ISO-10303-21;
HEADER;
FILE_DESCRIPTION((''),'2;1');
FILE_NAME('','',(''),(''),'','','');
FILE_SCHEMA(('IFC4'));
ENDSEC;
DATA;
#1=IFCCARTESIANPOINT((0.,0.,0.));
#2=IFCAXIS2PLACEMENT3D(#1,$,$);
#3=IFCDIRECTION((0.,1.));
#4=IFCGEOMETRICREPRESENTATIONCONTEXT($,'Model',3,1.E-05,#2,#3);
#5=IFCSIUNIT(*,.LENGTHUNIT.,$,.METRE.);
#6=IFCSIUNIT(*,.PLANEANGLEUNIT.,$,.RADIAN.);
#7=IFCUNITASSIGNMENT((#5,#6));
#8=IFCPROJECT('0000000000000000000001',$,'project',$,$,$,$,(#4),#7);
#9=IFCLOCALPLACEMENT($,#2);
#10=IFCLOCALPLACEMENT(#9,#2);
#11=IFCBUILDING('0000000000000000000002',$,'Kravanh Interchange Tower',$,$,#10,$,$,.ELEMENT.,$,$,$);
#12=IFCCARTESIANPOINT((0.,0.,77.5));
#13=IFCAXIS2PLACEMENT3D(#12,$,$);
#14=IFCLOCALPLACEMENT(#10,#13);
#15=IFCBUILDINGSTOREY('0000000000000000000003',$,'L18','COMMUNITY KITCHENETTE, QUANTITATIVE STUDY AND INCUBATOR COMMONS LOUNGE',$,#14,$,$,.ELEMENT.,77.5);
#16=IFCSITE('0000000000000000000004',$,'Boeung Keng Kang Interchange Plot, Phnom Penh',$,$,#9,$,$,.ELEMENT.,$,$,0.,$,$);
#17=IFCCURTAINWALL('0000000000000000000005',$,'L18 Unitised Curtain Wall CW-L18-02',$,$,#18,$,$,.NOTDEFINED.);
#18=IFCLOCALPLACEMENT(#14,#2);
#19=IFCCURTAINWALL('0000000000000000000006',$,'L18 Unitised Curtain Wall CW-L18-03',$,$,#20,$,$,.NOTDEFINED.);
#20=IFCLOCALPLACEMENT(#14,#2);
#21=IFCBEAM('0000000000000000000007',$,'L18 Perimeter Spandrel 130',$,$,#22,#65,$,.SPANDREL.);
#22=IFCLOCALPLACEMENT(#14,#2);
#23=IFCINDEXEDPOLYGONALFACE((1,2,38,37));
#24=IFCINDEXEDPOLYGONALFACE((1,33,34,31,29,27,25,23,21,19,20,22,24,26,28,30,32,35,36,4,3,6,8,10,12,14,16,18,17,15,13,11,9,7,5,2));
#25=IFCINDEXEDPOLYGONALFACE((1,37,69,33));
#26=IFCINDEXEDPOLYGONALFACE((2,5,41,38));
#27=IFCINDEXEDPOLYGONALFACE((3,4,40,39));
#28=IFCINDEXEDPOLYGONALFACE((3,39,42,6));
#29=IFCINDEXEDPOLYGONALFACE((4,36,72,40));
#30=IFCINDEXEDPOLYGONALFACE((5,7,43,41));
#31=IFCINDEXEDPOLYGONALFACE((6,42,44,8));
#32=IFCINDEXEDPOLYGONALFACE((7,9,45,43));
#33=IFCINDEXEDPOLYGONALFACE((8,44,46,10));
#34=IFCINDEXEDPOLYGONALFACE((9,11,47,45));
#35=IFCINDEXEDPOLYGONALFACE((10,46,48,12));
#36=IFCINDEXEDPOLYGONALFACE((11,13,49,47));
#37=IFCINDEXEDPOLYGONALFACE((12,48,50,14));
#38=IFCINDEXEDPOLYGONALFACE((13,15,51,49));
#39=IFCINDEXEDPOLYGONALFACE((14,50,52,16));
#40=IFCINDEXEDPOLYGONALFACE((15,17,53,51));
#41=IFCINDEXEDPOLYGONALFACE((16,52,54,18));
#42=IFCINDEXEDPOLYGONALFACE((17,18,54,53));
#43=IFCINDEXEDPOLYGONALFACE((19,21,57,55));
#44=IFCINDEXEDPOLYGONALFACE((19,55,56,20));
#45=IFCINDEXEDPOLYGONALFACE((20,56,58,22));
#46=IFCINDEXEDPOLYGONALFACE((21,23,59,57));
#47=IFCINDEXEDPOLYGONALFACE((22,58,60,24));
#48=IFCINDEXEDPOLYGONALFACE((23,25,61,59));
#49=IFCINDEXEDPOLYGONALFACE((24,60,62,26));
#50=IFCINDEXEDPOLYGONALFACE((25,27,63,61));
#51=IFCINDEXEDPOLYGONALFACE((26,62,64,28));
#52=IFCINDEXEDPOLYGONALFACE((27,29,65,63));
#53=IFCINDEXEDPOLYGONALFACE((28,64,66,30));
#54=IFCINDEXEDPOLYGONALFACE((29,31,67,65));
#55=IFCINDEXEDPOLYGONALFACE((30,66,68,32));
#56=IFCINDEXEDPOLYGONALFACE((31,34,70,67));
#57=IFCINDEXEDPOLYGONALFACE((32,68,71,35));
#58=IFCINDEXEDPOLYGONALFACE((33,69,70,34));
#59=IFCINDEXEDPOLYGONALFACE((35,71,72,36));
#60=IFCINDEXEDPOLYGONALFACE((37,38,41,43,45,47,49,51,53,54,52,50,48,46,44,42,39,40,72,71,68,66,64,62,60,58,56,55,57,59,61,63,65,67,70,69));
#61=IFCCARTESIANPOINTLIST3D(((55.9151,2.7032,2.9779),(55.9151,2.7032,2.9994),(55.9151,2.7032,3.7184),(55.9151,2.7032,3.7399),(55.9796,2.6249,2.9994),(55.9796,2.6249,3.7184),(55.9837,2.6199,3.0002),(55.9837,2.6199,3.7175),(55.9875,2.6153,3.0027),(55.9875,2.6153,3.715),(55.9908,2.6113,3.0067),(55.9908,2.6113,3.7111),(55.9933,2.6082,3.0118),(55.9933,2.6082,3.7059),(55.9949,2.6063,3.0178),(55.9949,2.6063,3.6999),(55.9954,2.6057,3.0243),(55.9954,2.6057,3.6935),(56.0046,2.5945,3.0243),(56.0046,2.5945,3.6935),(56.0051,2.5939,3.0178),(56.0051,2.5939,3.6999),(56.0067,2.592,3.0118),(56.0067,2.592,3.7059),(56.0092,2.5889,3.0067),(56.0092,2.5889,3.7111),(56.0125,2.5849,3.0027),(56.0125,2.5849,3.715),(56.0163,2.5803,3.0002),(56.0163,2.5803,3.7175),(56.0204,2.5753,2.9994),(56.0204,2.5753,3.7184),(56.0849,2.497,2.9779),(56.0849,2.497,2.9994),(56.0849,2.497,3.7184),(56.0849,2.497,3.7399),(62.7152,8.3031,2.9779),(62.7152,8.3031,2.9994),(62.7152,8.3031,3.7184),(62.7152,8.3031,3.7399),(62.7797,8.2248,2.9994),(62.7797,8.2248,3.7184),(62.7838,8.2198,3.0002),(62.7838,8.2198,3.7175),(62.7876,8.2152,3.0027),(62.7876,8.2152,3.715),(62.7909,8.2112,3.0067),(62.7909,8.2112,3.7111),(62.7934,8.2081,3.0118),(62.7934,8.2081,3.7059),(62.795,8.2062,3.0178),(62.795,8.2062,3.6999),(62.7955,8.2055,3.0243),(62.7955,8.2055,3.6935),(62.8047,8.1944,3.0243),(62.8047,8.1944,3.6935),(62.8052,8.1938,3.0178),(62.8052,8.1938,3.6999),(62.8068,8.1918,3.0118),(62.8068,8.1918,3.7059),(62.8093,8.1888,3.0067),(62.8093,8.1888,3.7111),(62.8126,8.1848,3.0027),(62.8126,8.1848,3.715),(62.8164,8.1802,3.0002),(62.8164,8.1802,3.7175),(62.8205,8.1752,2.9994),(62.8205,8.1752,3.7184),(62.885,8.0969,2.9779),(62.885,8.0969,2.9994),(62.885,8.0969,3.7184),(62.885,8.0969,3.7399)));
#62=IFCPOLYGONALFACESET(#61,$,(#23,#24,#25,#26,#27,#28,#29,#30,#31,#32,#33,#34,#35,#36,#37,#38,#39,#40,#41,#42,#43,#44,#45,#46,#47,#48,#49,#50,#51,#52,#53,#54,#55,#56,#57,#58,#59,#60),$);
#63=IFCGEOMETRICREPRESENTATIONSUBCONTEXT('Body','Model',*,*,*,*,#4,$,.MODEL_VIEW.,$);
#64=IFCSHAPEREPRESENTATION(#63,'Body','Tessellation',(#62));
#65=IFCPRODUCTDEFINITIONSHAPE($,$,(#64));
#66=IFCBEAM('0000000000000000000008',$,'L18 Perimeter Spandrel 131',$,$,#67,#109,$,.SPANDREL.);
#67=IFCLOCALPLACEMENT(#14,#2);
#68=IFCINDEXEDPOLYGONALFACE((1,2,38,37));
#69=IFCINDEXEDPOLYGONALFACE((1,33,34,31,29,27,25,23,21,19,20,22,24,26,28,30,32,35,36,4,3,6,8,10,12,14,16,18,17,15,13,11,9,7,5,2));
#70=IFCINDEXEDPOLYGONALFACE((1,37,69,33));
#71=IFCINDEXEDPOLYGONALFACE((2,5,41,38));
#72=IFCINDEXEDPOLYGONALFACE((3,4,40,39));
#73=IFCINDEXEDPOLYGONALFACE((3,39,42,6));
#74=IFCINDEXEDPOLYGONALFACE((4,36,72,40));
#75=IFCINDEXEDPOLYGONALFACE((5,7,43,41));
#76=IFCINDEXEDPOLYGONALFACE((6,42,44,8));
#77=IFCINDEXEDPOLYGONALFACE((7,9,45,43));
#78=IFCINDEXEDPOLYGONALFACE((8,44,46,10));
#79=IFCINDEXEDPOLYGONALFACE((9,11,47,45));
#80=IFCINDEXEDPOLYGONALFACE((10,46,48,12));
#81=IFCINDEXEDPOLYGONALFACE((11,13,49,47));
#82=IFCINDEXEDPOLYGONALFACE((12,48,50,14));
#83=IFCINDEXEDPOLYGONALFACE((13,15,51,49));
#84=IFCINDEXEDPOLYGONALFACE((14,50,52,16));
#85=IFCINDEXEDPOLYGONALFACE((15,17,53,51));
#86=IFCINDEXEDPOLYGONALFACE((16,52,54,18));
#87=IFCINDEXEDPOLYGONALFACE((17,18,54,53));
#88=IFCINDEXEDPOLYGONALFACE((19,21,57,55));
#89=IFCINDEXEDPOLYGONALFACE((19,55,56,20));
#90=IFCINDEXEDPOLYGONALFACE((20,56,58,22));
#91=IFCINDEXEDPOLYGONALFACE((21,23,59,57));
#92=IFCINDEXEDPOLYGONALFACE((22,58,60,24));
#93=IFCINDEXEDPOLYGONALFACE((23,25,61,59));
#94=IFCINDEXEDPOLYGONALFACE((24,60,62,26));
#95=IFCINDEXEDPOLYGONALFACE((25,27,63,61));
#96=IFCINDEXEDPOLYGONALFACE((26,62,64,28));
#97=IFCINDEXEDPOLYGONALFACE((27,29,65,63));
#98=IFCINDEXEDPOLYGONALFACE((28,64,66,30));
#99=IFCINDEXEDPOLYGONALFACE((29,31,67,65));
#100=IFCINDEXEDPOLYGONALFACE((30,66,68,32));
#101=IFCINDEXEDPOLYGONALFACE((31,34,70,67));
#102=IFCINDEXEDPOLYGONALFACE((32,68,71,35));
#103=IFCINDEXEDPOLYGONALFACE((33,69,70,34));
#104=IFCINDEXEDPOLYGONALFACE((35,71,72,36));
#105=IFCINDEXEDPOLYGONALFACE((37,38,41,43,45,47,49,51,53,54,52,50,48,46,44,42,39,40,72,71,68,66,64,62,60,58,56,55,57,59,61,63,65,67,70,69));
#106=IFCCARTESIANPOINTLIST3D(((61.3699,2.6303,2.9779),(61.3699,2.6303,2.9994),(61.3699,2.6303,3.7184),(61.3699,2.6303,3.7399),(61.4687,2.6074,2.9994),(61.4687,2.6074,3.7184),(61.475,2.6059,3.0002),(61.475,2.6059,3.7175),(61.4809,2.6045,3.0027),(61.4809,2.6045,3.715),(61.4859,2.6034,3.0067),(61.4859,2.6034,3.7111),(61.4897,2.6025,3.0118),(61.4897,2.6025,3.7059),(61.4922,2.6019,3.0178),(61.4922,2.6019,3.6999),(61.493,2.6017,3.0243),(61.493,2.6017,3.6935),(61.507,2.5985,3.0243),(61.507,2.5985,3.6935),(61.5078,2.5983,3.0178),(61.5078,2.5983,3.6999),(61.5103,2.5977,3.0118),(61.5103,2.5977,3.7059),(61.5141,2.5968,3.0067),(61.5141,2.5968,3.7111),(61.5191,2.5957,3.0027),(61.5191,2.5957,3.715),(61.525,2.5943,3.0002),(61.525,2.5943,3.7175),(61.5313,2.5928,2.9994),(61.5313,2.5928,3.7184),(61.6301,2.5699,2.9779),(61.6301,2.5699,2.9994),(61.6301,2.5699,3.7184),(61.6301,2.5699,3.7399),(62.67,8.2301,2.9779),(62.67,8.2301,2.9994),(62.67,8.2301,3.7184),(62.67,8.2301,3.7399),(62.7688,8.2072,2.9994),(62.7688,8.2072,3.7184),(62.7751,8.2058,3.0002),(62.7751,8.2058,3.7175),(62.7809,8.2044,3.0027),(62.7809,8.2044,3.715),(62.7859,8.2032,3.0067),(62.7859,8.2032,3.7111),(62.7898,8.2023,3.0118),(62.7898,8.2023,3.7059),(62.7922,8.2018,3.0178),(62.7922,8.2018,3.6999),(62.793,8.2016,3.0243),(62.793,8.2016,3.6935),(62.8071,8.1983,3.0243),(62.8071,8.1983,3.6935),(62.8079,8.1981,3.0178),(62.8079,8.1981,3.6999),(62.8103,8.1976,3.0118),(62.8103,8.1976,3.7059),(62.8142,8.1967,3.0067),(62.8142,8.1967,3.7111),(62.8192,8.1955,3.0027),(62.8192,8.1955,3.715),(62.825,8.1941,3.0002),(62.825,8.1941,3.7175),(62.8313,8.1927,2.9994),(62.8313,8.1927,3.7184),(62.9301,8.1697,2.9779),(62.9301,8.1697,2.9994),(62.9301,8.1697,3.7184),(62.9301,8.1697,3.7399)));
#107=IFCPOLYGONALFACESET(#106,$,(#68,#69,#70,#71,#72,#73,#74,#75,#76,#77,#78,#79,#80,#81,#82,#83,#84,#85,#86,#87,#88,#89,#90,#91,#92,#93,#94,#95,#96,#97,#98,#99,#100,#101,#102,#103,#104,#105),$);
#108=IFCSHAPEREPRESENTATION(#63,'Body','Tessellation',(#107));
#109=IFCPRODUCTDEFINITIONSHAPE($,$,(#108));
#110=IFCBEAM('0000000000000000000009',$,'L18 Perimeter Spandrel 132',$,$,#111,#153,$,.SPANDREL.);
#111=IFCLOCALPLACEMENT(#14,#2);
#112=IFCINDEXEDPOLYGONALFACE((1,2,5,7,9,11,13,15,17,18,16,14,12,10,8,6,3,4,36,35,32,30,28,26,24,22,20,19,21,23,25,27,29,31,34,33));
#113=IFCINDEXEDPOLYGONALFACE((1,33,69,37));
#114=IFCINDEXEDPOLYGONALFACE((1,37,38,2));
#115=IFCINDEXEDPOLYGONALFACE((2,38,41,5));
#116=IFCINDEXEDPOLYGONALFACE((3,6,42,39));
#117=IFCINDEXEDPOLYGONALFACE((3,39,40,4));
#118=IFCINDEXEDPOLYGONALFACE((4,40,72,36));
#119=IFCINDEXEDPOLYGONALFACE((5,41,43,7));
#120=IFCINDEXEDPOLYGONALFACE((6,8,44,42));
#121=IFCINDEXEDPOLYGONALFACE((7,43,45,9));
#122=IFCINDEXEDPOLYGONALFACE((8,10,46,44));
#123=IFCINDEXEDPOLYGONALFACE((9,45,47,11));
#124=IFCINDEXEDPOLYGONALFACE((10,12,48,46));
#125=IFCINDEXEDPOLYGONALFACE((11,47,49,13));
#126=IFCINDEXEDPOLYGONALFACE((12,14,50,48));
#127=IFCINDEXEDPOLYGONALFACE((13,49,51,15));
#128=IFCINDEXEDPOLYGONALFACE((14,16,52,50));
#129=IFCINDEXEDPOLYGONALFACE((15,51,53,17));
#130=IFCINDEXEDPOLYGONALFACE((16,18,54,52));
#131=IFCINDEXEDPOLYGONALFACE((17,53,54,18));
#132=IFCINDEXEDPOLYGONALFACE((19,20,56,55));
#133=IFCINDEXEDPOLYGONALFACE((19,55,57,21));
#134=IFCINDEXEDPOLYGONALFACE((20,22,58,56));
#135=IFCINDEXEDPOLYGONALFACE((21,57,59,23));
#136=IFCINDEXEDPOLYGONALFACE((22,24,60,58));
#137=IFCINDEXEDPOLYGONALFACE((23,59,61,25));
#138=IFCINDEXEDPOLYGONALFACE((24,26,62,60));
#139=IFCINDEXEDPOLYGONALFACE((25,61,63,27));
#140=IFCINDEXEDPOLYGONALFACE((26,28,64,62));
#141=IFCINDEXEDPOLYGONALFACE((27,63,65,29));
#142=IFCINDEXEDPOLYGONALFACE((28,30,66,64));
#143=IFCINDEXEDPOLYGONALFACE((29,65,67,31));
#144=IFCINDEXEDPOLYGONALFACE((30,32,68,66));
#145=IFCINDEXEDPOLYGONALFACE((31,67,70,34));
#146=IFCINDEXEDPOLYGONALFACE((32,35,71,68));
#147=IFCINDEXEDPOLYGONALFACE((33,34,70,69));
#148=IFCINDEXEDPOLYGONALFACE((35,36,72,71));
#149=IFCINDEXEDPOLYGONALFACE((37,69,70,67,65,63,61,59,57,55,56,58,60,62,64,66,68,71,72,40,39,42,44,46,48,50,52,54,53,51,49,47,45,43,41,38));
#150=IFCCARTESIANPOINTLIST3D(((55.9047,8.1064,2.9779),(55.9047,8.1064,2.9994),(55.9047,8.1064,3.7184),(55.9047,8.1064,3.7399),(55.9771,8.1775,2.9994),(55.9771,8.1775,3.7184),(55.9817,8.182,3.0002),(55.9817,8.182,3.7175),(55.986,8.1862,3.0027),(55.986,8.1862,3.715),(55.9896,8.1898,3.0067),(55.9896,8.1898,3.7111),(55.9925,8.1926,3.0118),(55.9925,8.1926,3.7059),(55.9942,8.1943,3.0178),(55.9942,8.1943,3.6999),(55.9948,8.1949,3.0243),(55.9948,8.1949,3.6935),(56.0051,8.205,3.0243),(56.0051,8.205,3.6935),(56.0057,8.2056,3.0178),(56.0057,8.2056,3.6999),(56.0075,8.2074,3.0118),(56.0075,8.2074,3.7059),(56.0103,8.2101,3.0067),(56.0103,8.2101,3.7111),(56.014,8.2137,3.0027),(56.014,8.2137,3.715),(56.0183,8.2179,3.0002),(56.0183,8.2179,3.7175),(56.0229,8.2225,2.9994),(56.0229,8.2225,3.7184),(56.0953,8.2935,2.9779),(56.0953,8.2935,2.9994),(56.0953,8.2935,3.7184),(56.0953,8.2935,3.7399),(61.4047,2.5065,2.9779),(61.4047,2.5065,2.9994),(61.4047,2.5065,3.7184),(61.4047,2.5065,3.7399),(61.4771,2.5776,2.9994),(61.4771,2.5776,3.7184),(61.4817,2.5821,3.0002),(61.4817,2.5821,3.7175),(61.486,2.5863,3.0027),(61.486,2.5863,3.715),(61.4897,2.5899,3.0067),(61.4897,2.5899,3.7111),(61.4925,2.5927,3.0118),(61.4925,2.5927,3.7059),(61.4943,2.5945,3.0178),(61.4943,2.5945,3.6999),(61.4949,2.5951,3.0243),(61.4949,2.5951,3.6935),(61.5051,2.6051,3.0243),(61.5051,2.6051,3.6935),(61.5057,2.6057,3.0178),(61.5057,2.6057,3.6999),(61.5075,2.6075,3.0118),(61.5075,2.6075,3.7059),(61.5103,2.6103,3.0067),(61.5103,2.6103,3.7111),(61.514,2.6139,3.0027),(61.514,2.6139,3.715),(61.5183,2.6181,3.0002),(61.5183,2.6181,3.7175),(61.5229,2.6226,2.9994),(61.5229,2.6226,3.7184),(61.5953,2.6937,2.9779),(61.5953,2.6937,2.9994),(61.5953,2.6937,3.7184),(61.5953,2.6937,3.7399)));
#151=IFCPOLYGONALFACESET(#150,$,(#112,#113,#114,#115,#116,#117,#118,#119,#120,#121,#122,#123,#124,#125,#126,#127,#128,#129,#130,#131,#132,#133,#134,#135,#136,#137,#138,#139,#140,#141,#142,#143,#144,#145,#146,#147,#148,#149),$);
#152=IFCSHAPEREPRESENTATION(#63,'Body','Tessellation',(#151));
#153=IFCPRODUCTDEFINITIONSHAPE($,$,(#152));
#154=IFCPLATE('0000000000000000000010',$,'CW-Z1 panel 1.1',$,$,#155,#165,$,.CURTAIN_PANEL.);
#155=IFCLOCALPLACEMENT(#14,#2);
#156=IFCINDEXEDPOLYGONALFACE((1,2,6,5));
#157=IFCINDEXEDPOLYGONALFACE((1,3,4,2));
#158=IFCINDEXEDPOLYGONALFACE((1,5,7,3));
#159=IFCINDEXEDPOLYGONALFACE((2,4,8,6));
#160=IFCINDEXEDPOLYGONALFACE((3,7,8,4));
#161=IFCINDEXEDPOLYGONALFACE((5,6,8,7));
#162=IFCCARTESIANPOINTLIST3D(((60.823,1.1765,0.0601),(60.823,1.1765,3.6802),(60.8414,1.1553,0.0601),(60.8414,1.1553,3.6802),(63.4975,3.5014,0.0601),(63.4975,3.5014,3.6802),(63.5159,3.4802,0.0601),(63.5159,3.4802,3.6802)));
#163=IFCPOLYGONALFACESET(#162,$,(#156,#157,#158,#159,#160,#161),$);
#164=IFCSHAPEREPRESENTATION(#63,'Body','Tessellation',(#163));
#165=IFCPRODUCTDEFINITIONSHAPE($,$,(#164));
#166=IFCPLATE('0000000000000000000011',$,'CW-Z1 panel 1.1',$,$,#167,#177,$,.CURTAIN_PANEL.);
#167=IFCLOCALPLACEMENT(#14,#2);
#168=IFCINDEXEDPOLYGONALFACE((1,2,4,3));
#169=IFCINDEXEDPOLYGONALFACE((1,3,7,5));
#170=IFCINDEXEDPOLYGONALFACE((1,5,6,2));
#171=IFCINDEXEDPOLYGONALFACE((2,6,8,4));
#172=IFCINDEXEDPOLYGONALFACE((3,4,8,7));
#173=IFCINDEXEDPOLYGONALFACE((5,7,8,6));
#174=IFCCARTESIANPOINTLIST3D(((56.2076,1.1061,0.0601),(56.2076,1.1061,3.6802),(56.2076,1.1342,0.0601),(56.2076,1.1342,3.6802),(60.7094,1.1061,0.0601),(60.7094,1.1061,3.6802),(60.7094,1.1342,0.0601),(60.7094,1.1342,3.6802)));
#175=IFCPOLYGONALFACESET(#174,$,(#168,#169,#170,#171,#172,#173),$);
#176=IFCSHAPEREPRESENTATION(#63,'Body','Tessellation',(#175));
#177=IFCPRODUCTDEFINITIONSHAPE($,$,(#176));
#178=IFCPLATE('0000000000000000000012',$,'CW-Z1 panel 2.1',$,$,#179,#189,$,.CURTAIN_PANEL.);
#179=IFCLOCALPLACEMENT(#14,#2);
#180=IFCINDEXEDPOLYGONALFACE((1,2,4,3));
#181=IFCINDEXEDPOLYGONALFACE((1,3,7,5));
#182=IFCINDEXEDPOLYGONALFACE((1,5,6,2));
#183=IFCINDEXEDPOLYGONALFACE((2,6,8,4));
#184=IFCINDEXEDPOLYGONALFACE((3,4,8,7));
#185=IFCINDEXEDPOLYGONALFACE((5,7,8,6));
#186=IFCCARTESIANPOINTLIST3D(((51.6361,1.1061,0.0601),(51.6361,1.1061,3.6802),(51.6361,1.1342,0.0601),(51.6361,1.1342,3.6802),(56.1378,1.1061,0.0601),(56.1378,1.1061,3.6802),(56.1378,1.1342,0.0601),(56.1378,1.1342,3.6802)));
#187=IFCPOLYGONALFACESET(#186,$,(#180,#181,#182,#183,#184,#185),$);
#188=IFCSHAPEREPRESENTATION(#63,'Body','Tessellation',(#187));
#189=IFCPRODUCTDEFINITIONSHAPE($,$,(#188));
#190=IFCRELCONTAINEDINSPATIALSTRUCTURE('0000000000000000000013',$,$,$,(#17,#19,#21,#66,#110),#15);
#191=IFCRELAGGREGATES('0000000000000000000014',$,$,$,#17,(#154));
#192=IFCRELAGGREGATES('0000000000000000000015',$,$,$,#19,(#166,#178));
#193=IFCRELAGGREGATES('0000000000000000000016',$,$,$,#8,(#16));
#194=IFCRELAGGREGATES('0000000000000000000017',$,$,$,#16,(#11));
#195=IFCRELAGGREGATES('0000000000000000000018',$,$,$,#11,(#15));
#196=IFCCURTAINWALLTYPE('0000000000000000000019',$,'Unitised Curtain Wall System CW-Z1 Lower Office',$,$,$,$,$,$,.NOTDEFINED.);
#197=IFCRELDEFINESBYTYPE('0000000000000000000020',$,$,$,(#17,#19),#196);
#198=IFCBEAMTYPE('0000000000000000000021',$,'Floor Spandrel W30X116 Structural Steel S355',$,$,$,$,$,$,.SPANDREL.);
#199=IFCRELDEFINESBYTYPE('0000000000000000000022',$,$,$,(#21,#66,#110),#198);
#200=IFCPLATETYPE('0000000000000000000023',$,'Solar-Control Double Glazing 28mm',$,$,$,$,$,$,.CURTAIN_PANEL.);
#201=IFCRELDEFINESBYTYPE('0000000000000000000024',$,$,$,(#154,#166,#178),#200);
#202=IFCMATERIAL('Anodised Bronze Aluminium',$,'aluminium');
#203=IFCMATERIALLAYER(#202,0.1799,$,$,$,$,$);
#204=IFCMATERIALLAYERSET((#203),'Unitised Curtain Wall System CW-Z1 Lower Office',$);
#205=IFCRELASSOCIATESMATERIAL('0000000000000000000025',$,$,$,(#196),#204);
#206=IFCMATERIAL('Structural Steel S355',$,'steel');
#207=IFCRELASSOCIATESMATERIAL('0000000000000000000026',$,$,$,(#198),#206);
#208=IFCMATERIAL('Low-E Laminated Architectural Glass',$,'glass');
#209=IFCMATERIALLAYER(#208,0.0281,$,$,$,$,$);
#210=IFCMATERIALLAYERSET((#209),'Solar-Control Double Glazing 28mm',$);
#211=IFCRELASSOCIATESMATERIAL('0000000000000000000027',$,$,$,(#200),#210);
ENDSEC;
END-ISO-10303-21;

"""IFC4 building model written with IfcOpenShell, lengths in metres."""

from ifc_helpers import new_model, si_unit, direction, frame, origin, origin_2d, place, context, subcontext, project, spatial, rectangle, i_section, extrude, material, layer, layer_set, material_profile, profile_set, type_object, element, aggregate, save


model = new_model("IFC4")

# Units and contexts
model_context = context("Model", 3, precision=1e-05, world=origin(), true_north=direction((0.0, 1.0)))
body_context = subcontext(model_context, "Body", "Model", "MODEL_VIEW")
ifc_project = project(units=[si_unit("LENGTHUNIT", "METRE"), si_unit("PLANEANGLEUNIT", "RADIAN")], contexts=[model_context])

# Site, building, storey
site_placement = place(None, origin())
site = spatial("IfcSite", under=ifc_project, at=site_placement, Name="Boeung Keng Kang Interchange Plot, Phnom Penh", CompositionType="ELEMENT", RefElevation=0.0)
building_placement = place(site_placement, origin())
building = spatial("IfcBuilding", under=site, at=building_placement, Name="Kravanh Interchange Tower", CompositionType="ELEMENT")
storey_placement = place(building_placement, frame((0.0, 0.0, 77.5)))
storey = spatial("IfcBuildingStorey", under=building, at=storey_placement, Name="L18", Description="COMMUNITY KITCHENETTE, QUANTITATIVE STUDY AND INCUBATOR COMMONS LOUNGE", CompositionType="ELEMENT", Elevation=77.5)

# Curtain walls
ifc_material_1 = material(Name="Anodised Bronze Aluminium", Category="aluminium")
ifc_layer_1 = layer(ifc_material_1, 0.1799)
ifc_layer_set_1 = layer_set([ifc_layer_1], Name="Unitised Curtain Wall System CW-Z1 Lower Office")
curtain_wall_type = type_object("IfcCurtainWallType", Name="Unitised Curtain Wall System CW-Z1 Lower Office", PredefinedType="NOTDEFINED", material=ifc_layer_set_1)
curtain_wall_1_placement = place(storey_placement, origin())
curtain_wall_1 = element("IfcCurtainWall", 1, at=curtain_wall_1_placement, inside=storey, type_object=curtain_wall_type, Name="L18 Unitised Curtain Wall CW-L18-02", PredefinedType="NOTDEFINED")
curtain_wall_2_placement = place(storey_placement, origin())
curtain_wall_2 = element("IfcCurtainWall", 2, at=curtain_wall_2_placement, inside=storey, type_object=curtain_wall_type, Name="L18 Unitised Curtain Wall CW-L18-03", PredefinedType="NOTDEFINED")

# Beams
ifc_material_2 = material(Name="Structural Steel S355", Category="steel")
ifc_material_profile_1 = material_profile(ifc_material_2, i_section(OverallWidth=0.2671, OverallDepth=0.762, WebThickness=0.0144, FlangeThickness=0.0215, FilletRadius=0.0249, at=origin_2d()), Name="W30X116")
ifc_profile_set_1 = profile_set([ifc_material_profile_1], Name="Structural Steel S355")
beam_type_1 = type_object("IfcBeamType", Name="Floor Spandrel W30X116 Structural Steel S355", PredefinedType="SPANDREL", material=ifc_profile_set_1)
beam_1_placement = place(storey_placement, frame((56.0, 2.6001, 3.3589), z_axis=(0.771941, 0.635695, 0.0), x_axis=(-0.635695, 0.771941, 0.0)))
element("IfcBeam", 3, at=beam_1_placement, inside=storey, type_object=beam_type_1, Name="L18 Perimeter Spandrel 130", PredefinedType="SPANDREL", context=body_context, shape_type="SweptSolid", body=[
    extrude(i_section(OverallWidth=0.2671, OverallDepth=0.762, WebThickness=0.0144, FlangeThickness=0.0215, FilletRadius=0.0249, at=origin_2d()), origin(), (0.0, 0.0, 1.0), 8.8091),
])
beam_2_placement = place(storey_placement, frame((61.5, 2.6001, 3.3589), z_axis=(0.226143, 0.974094, 0.0), x_axis=(-0.974094, 0.226143, 0.0)))
element("IfcBeam", 4, at=beam_2_placement, inside=storey, type_object=beam_type_1, Name="L18 Perimeter Spandrel 131", PredefinedType="SPANDREL", context=body_context, shape_type="SweptSolid", body=[
    extrude(i_section(OverallWidth=0.2671, OverallDepth=0.762, WebThickness=0.0144, FlangeThickness=0.0215, FilletRadius=0.0249, at=origin_2d()), origin(), (0.0, 0.0, 1.0), 5.7488),
])
beam_3_placement = place(storey_placement, frame((61.5, 2.6001, 3.3589), z_axis=(-0.700717, 0.713439, 0.0), x_axis=(-0.713439, -0.700717, 0.0)))
element("IfcBeam", 5, at=beam_3_placement, inside=storey, type_object=beam_type_1, Name="L18 Perimeter Spandrel 132", PredefinedType="SPANDREL", context=body_context, shape_type="SweptSolid", body=[
    extrude(i_section(OverallWidth=0.2671, OverallDepth=0.762, WebThickness=0.0144, FlangeThickness=0.0215, FilletRadius=0.0249, at=origin_2d()), origin(), (0.0, 0.0, 1.0), 7.8491),
])

# Plates
ifc_material_3 = material(Name="Low-E Laminated Architectural Glass", Category="glass")
ifc_layer_2 = layer(ifc_material_3, 0.0281)
ifc_layer_set_2 = layer_set([ifc_layer_2], Name="Solar-Control Double Glazing 28mm")
plate_type = type_object("IfcPlateType", Name="Solar-Control Double Glazing 28mm", PredefinedType="CURTAIN_PANEL", material=ifc_layer_set_2)
plate_1_placement = place(storey_placement, frame((62.1694, 2.3284, 0.0601), z_axis=(0.0, 0.0, 1.0), x_axis=(-0.754708, -0.65606, 0.0)))
plate_1 = element("IfcPlate", 6, at=plate_1_placement, type_object=plate_type, Name="CW-Z1 panel 1.1", PredefinedType="CURTAIN_PANEL", context=body_context, shape_type="SweptSolid", body=[
    extrude(rectangle(XDim=3.5437, YDim=0.0281, at=origin_2d()), origin(), (0.0, 0.0, 1.0), 3.6201),
])
aggregate(curtain_wall_1, [plate_1])
plate_2_placement = place(storey_placement, frame((58.4585, 1.1201, 0.0601), z_axis=(0.0, 0.0, 1.0), x_axis=(-1.0, 0.0, 0.0)))
plate_2 = element("IfcPlate", 7, at=plate_2_placement, type_object=plate_type, Name="CW-Z1 panel 1.1", PredefinedType="CURTAIN_PANEL", context=body_context, shape_type="SweptSolid", body=[
    extrude(rectangle(XDim=4.5017, YDim=0.0281, at=origin_2d()), origin(), (0.0, 0.0, 1.0), 3.6201),
])
plate_3_placement = place(storey_placement, frame((53.887, 1.1201, 0.0601), z_axis=(0.0, 0.0, 1.0), x_axis=(-1.0, 0.0, 0.0)))
plate_3 = element("IfcPlate", 8, at=plate_3_placement, type_object=plate_type, Name="CW-Z1 panel 2.1", PredefinedType="CURTAIN_PANEL", context=body_context, shape_type="SweptSolid", body=[
    extrude(rectangle(XDim=4.5017, YDim=0.0281, at=origin_2d()), origin(), (0.0, 0.0, 1.0), 3.6201),
])
aggregate(curtain_wall_2, [plate_2, plate_3])

save(model, "model.ifc")
